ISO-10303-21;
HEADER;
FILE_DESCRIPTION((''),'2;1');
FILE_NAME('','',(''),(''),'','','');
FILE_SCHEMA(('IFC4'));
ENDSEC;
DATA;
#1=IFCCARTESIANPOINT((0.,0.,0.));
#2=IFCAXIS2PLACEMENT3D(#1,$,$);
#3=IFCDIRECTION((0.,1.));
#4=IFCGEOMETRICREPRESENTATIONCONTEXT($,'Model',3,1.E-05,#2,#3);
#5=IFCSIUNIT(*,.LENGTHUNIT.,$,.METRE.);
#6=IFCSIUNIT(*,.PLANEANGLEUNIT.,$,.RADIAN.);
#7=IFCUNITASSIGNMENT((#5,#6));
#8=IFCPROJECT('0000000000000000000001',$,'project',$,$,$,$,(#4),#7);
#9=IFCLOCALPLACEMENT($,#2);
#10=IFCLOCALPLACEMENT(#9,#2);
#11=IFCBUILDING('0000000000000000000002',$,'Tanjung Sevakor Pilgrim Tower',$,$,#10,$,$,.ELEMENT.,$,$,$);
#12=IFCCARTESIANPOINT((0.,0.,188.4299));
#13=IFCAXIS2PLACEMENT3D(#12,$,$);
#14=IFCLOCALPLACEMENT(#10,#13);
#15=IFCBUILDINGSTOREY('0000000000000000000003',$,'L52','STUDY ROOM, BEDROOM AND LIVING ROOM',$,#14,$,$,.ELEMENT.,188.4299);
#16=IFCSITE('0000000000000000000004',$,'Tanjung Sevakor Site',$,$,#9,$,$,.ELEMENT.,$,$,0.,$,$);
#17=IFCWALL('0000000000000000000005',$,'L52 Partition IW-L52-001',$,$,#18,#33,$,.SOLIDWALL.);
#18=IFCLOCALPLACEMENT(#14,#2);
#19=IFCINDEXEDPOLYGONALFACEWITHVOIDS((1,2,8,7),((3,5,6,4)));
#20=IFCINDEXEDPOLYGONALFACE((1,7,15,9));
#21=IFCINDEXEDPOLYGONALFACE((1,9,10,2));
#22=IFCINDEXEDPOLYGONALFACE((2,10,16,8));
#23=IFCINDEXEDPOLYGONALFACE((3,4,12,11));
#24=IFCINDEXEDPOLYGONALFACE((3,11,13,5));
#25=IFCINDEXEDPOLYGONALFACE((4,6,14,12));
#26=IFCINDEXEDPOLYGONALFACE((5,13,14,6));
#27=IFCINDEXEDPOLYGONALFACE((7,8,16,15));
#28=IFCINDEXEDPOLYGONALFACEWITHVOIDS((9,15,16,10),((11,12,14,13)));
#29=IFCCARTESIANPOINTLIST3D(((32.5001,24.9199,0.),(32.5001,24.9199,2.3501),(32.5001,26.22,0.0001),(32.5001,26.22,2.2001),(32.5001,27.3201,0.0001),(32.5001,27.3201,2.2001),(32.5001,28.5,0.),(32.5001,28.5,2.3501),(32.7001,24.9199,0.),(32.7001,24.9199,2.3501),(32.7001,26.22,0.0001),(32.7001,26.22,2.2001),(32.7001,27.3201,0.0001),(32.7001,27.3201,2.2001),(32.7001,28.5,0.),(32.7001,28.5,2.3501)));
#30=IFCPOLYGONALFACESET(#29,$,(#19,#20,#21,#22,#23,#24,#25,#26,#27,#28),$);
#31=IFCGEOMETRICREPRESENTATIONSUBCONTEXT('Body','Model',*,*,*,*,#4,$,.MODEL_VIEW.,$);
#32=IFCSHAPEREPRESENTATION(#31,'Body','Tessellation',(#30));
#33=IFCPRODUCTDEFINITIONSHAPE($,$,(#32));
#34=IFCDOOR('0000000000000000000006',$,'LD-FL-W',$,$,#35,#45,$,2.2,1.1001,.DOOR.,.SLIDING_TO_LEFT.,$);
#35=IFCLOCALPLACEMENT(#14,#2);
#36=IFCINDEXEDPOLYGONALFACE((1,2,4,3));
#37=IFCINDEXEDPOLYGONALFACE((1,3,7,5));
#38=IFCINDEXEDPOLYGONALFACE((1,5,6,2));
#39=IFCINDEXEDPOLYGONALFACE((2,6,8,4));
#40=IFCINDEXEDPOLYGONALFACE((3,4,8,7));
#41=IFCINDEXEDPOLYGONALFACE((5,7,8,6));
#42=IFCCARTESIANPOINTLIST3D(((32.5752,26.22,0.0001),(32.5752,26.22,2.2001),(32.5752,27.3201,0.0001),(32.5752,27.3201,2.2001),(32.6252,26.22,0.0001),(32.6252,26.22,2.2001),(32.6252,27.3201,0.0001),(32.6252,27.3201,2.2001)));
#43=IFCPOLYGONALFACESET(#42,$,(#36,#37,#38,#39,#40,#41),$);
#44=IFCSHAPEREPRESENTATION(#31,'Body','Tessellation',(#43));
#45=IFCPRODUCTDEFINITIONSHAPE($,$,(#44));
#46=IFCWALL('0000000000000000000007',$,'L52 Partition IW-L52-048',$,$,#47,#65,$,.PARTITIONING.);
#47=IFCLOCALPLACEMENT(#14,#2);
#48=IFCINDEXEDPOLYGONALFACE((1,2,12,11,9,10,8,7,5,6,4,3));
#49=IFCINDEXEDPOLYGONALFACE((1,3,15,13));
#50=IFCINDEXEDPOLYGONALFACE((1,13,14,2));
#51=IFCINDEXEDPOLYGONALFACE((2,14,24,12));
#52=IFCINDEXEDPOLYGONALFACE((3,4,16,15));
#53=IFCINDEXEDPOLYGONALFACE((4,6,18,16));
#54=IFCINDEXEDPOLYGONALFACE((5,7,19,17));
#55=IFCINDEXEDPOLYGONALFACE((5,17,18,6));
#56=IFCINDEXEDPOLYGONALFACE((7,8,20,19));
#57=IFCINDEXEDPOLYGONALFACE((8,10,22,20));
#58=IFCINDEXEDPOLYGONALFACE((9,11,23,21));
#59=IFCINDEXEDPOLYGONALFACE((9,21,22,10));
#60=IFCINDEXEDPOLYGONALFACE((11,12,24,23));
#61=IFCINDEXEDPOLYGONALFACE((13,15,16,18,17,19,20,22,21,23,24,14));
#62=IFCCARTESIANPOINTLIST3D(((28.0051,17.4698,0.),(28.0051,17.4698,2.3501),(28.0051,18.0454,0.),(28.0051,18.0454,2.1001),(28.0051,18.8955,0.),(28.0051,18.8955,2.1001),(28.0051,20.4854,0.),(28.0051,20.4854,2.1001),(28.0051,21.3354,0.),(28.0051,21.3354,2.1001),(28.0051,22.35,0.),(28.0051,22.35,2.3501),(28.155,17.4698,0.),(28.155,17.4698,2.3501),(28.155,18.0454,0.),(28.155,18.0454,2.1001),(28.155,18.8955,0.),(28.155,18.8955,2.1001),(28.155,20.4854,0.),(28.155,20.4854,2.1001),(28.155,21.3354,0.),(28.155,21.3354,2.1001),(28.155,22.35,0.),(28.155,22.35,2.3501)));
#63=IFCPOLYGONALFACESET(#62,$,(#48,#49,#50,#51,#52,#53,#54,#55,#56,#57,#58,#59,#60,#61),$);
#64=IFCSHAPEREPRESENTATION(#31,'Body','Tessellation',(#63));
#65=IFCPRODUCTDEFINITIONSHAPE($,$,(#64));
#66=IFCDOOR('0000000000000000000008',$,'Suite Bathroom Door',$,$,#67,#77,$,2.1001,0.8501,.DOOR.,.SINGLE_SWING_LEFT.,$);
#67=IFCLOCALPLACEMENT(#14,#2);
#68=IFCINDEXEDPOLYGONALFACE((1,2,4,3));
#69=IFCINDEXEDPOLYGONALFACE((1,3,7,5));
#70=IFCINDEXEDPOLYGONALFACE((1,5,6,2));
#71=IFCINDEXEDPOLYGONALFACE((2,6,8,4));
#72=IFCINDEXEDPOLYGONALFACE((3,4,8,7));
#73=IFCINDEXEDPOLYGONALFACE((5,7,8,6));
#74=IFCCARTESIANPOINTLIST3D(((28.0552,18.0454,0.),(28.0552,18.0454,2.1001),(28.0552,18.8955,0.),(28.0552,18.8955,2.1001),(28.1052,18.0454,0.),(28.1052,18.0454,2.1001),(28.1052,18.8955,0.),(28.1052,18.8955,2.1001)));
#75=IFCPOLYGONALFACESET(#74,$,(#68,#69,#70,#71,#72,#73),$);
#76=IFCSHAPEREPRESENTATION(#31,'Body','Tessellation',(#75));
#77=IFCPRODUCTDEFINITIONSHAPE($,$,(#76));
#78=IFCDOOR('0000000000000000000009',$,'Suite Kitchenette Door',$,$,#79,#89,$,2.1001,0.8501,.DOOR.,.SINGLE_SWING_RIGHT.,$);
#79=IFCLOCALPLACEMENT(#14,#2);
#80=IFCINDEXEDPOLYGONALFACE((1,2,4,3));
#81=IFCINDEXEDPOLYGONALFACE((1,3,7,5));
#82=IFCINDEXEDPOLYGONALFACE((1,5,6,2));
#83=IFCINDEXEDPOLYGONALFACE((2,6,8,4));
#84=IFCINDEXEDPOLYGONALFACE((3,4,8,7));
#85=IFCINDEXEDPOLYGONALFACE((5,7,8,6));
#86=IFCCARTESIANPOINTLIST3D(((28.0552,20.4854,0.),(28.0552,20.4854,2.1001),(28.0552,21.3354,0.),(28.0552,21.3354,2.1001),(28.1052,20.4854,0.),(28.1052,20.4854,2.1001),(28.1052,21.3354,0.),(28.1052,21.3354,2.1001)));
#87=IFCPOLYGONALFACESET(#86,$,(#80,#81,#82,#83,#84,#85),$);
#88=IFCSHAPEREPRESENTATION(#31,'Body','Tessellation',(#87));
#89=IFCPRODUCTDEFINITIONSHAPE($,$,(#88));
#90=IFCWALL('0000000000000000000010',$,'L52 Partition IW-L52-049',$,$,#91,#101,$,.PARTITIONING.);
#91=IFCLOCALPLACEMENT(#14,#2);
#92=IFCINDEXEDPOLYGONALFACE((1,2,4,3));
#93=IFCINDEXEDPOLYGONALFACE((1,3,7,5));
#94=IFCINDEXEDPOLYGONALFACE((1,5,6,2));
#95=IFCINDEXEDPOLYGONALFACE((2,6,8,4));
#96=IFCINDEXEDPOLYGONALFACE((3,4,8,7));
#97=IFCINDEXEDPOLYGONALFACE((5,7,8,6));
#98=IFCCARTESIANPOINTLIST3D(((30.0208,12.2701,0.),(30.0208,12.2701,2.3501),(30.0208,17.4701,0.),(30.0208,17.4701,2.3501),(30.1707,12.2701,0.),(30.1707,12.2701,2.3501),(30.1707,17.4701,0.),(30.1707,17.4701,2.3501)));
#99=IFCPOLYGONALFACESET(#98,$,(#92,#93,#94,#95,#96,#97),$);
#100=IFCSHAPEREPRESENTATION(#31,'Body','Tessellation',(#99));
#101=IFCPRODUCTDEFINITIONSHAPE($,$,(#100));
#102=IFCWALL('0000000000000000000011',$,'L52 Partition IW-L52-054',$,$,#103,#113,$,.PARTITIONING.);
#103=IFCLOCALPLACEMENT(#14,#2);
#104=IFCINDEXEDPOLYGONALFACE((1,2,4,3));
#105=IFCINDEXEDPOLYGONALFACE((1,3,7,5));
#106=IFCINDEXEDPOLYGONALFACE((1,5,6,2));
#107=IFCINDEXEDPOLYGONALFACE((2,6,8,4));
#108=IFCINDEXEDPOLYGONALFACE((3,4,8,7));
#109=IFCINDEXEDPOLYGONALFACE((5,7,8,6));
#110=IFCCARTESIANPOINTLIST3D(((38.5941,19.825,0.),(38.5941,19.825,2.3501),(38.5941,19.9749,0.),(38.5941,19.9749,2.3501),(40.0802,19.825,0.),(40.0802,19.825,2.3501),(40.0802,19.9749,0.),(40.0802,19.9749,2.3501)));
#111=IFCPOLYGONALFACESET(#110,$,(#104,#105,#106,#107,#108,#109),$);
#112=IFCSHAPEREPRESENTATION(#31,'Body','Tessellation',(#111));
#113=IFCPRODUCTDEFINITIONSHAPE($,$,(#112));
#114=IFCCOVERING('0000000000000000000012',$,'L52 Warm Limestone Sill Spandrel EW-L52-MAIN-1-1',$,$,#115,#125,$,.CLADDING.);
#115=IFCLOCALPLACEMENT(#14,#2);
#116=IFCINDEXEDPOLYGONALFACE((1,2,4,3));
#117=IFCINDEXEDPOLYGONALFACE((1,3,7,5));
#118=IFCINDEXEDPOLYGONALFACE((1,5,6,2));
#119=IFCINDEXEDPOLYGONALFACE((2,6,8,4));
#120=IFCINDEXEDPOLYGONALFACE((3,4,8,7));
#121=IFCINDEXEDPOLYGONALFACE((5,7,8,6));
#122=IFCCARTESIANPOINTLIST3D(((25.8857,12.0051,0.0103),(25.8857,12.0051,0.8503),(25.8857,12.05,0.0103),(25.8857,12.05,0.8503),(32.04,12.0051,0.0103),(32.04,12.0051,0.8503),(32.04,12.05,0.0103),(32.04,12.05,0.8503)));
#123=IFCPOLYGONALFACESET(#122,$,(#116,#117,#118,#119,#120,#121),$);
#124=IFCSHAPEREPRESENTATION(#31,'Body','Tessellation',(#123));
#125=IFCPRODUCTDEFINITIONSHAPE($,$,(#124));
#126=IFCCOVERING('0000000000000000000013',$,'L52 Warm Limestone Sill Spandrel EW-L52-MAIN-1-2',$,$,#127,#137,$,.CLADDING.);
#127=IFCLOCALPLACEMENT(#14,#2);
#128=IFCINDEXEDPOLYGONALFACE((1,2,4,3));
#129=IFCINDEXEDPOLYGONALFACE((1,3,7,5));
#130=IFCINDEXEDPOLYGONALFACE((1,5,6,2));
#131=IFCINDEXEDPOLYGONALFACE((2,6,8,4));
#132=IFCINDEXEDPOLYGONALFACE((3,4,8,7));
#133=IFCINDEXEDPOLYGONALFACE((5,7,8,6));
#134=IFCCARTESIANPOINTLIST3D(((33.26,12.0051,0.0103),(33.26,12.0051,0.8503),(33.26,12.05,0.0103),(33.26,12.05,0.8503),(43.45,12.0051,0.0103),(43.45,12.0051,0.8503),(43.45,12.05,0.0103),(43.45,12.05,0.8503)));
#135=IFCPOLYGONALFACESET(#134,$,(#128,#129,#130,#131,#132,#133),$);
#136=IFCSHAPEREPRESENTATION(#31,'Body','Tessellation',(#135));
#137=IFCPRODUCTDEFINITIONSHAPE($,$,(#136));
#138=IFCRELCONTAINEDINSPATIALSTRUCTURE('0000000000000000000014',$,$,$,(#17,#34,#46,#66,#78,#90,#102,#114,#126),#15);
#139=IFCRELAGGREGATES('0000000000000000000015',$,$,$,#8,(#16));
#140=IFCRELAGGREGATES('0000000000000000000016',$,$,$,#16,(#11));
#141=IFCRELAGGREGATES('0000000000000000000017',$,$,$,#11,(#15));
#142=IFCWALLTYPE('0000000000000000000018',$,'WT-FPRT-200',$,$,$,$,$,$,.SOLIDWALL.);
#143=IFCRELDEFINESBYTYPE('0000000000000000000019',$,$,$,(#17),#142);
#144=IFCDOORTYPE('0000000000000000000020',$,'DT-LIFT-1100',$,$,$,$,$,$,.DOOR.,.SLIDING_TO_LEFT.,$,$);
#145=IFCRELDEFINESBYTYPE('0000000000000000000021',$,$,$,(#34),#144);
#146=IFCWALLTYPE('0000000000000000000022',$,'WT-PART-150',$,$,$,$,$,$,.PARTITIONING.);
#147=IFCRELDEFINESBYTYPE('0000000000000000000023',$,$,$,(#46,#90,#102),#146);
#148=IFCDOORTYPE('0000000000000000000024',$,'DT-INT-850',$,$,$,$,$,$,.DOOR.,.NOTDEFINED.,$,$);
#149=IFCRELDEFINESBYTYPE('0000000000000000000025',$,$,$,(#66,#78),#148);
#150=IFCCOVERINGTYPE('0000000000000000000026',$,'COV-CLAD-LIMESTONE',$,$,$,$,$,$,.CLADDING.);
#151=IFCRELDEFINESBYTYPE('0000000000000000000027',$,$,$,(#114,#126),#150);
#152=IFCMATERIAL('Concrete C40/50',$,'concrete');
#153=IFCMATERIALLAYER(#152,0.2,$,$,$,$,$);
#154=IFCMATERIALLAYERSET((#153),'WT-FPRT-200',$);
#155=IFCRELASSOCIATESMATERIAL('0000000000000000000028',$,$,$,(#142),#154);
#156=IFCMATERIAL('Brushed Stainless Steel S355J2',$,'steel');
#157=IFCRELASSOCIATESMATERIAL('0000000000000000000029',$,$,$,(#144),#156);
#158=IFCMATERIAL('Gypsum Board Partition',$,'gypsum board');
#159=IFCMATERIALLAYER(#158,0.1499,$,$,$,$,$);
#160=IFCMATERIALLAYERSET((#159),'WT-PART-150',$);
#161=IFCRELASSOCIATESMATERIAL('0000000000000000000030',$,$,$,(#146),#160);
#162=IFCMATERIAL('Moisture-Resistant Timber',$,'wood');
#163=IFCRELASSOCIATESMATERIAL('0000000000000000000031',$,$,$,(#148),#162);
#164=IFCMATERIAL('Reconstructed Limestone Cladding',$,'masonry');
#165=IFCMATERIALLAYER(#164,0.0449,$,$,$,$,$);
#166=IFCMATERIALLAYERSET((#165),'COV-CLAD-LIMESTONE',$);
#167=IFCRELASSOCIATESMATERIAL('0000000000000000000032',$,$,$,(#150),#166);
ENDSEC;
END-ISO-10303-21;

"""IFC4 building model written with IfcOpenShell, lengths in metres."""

from ifc_helpers import new_model, si_unit, direction, frame, frame_2d, origin, origin_2d, place, context, subcontext, project, spatial, rectangle, extrude, material, layer, layer_set, type_object, element, fill, save


model = new_model("IFC4")

# Units and contexts
model_context = context("Model", 3, precision=1e-05, world=origin(), true_north=direction((0.0, 1.0)))
body_context = subcontext(model_context, "Body", "Model", "MODEL_VIEW")
ifc_project = project(units=[si_unit("LENGTHUNIT", "METRE"), si_unit("PLANEANGLEUNIT", "RADIAN")], contexts=[model_context])

# Site, building, storey
site_placement = place(None, origin())
site = spatial("IfcSite", under=ifc_project, at=site_placement, Name="Tanjung Sevakor Site", CompositionType="ELEMENT", RefElevation=0.0)
building_placement = place(site_placement, origin())
building = spatial("IfcBuilding", under=site, at=building_placement, Name="Tanjung Sevakor Pilgrim Tower", CompositionType="ELEMENT")
storey_placement = place(building_placement, frame((0.0, 0.0, 188.4299)))
storey = spatial("IfcBuildingStorey", under=building, at=storey_placement, Name="L52", Description="STUDY ROOM, BEDROOM AND LIVING ROOM", CompositionType="ELEMENT", Elevation=188.4299)

# Wall, opening, door
ifc_material_1 = material(Name="Concrete C40/50", Category="concrete")
ifc_layer_1 = layer(ifc_material_1, 0.2)
ifc_layer_set_1 = layer_set([ifc_layer_1], Name="WT-FPRT-200")
wall_type_1 = type_object("IfcWallType", Name="WT-FPRT-200", PredefinedType="SOLIDWALL", material=ifc_layer_set_1)
wall_1_placement = place(storey_placement, frame((32.6001, 24.9199, 0.0), z_axis=(0.0, 0.0, 1.0), x_axis=(0.0, 1.0, 0.0)))
wall_1 = element("IfcWall", 1, at=wall_1_placement, inside=storey, type_object=wall_type_1, Name="L52 Partition IW-L52-001", PredefinedType="SOLIDWALL", context=body_context, shape_type="SweptSolid", body=[
    extrude(rectangle(XDim=3.5801, YDim=0.2, at=frame_2d((1.79, 0.0))), origin(), (0.0, 0.0, 1.0), 2.3501),
])
opening_1_placement = place(wall_1_placement, frame((1.3, 0.0, 0.0)))
opening_1 = element("IfcOpeningElement", 2, at=opening_1_placement, cuts=wall_1, PredefinedType="OPENING", context=body_context, shape_type="SweptSolid", body=[
    extrude(rectangle(XDim=1.1001, YDim=2.2, at=frame_2d((0.55, 1.1001))), frame((0.0, 0.1099, 0.0), z_axis=(0.0, -1.0, 0.0), x_axis=(1.0, 0.0, 0.0)), (0.0, 0.0, 1.0), 0.22),
])
ifc_material_2 = material(Name="Brushed Stainless Steel S355J2", Category="steel")
door_type_1 = type_object("IfcDoorType", Name="DT-LIFT-1100", OperationType="SLIDING_TO_LEFT", PredefinedType="DOOR", material=ifc_material_2)
door_1_placement = place(opening_1_placement, origin())
door_1 = element("IfcDoor", 3, at=door_1_placement, inside=storey, type_object=door_type_1, Name="LD-FL-W", OperationType="SLIDING_TO_LEFT", OverallHeight=2.2, OverallWidth=1.1001, PredefinedType="DOOR", context=body_context, shape_type="SweptSolid", body=[
    extrude(rectangle(XDim=1.1001, YDim=2.2, at=frame_2d((0.55, 1.1001))), frame((0.0, 0.0249, 0.0), z_axis=(0.0, -1.0, 0.0), x_axis=(1.0, 0.0, 0.0)), (0.0, 0.0, 1.0), 0.05),
])
fill(opening_1, door_1)

# Wall, openings, doors
ifc_material_3 = material(Name="Gypsum Board Partition", Category="gypsum board")
ifc_layer_2 = layer(ifc_material_3, 0.1499)
ifc_layer_set_2 = layer_set([ifc_layer_2], Name="WT-PART-150")
wall_type_2 = type_object("IfcWallType", Name="WT-PART-150", PredefinedType="PARTITIONING", material=ifc_layer_set_2)
wall_2_placement = place(storey_placement, frame((28.0801, 17.47, 0.0), z_axis=(0.0, 0.0, 1.0), x_axis=(0.0, 1.0, 0.0)))
wall_2 = element("IfcWall", 4, at=wall_2_placement, inside=storey, type_object=wall_type_2, Name="L52 Partition IW-L52-048", PredefinedType="PARTITIONING", context=body_context, shape_type="SweptSolid", body=[
    extrude(rectangle(XDim=4.8801, YDim=0.1499, at=frame_2d((2.4399, 0.0))), origin(), (0.0, 0.0, 1.0), 2.3501),
])
opening_2_placement = place(wall_2_placement, frame((0.5754, 0.0, 0.0)))
opening_2 = element("IfcOpeningElement", 5, at=opening_2_placement, cuts=wall_2, PredefinedType="OPENING", context=body_context, shape_type="SweptSolid", body=[
    extrude(rectangle(XDim=0.8501, YDim=2.1001, at=frame_2d((0.425, 1.05))), frame((0.0, 0.085, 0.0), z_axis=(0.0, -1.0, 0.0), x_axis=(1.0, 0.0, 0.0)), (0.0, 0.0, 1.0), 0.1699),
])
opening_3_placement = place(wall_2_placement, frame((3.0154, 0.0, 0.0)))
opening_3 = element("IfcOpeningElement", 6, at=opening_3_placement, cuts=wall_2, PredefinedType="OPENING", context=body_context, shape_type="SweptSolid", body=[
    extrude(rectangle(XDim=0.8501, YDim=2.1001, at=frame_2d((0.425, 1.05))), frame((0.0, 0.085, 0.0), z_axis=(0.0, -1.0, 0.0), x_axis=(1.0, 0.0, 0.0)), (0.0, 0.0, 1.0), 0.1699),
])
ifc_material_4 = material(Name="Moisture-Resistant Timber", Category="wood")
door_type_2 = type_object("IfcDoorType", Name="DT-INT-850", OperationType="NOTDEFINED", PredefinedType="DOOR", material=ifc_material_4)
door_2_placement = place(opening_2_placement, origin())
door_2 = element("IfcDoor", 7, at=door_2_placement, inside=storey, type_object=door_type_2, Name="Suite Bathroom Door", OperationType="SINGLE_SWING_LEFT", OverallHeight=2.1001, OverallWidth=0.8501, PredefinedType="DOOR", context=body_context, shape_type="SweptSolid", body=[
    extrude(rectangle(XDim=0.8501, YDim=2.1001, at=frame_2d((0.425, 1.05))), frame((0.0, 0.0249, 0.0), z_axis=(0.0, -1.0, 0.0), x_axis=(1.0, 0.0, 0.0)), (0.0, 0.0, 1.0), 0.05),
])
fill(opening_2, door_2)
door_3_placement = place(opening_3_placement, origin())
door_3 = element("IfcDoor", 8, at=door_3_placement, inside=storey, type_object=door_type_2, Name="Suite Kitchenette Door", OperationType="SINGLE_SWING_RIGHT", OverallHeight=2.1001, OverallWidth=0.8501, PredefinedType="DOOR", context=body_context, shape_type="SweptSolid", body=[
    extrude(rectangle(XDim=0.8501, YDim=2.1001, at=frame_2d((0.425, 1.05))), frame((0.0, 0.0249, 0.0), z_axis=(0.0, -1.0, 0.0), x_axis=(1.0, 0.0, 0.0)), (0.0, 0.0, 1.0), 0.05),
])
fill(opening_3, door_3)

# Walls
wall_3_placement = place(storey_placement, frame((30.0957, 12.27, 0.0), z_axis=(0.0, 0.0, 1.0), x_axis=(0.0, 1.0, 0.0)))
element("IfcWall", 9, at=wall_3_placement, inside=storey, type_object=wall_type_2, Name="L52 Partition IW-L52-049", PredefinedType="PARTITIONING", context=body_context, shape_type="SweptSolid", body=[
    extrude(rectangle(XDim=5.2, YDim=0.1499, at=frame_2d((2.6001, 0.0))), origin(), (0.0, 0.0, 1.0), 2.3501),
])
wall_4_placement = place(storey_placement, frame((38.594, 19.8999, 0.0), z_axis=(0.0, 0.0, 1.0), x_axis=(1.0, 0.0, 0.0)))
element("IfcWall", 10, at=wall_4_placement, inside=storey, type_object=wall_type_2, Name="L52 Partition IW-L52-054", PredefinedType="PARTITIONING", context=body_context, shape_type="SweptSolid", body=[
    extrude(rectangle(XDim=1.4861, YDim=0.1499, at=frame_2d((0.7432, 0.0))), origin(), (0.0, 0.0, 1.0), 2.3501),
])

# Coverings
ifc_material_5 = material(Name="Reconstructed Limestone Cladding", Category="masonry")
ifc_layer_3 = layer(ifc_material_5, 0.0449)
ifc_layer_set_3 = layer_set([ifc_layer_3], Name="COV-CLAD-LIMESTONE")
covering_type = type_object("IfcCoveringType", Name="COV-CLAD-LIMESTONE", PredefinedType="CLADDING", material=ifc_layer_set_3)
covering_1_placement = place(storey_placement, frame((28.9629, 12.0276, 0.0103), z_axis=(0.0, 0.0, 1.0), x_axis=(1.0, 0.0, 0.0)))
element("IfcCovering", 11, at=covering_1_placement, inside=storey, type_object=covering_type, Name="L52 Warm Limestone Sill Spandrel EW-L52-MAIN-1-1", PredefinedType="CLADDING", context=body_context, shape_type="SweptSolid", body=[
    extrude(rectangle(XDim=6.1543, YDim=0.0449, at=origin_2d()), origin(), (0.0, 0.0, 1.0), 0.8401),
])
covering_2_placement = place(storey_placement, frame((38.355, 12.0276, 0.0103), z_axis=(0.0, 0.0, 1.0), x_axis=(1.0, 0.0, 0.0)))
element("IfcCovering", 12, at=covering_2_placement, inside=storey, type_object=covering_type, Name="L52 Warm Limestone Sill Spandrel EW-L52-MAIN-1-2", PredefinedType="CLADDING", context=body_context, shape_type="SweptSolid", body=[
    extrude(rectangle(XDim=10.1899, YDim=0.0449, at=origin_2d()), origin(), (0.0, 0.0, 1.0), 0.8401),
])

save(model, "model.ifc")
